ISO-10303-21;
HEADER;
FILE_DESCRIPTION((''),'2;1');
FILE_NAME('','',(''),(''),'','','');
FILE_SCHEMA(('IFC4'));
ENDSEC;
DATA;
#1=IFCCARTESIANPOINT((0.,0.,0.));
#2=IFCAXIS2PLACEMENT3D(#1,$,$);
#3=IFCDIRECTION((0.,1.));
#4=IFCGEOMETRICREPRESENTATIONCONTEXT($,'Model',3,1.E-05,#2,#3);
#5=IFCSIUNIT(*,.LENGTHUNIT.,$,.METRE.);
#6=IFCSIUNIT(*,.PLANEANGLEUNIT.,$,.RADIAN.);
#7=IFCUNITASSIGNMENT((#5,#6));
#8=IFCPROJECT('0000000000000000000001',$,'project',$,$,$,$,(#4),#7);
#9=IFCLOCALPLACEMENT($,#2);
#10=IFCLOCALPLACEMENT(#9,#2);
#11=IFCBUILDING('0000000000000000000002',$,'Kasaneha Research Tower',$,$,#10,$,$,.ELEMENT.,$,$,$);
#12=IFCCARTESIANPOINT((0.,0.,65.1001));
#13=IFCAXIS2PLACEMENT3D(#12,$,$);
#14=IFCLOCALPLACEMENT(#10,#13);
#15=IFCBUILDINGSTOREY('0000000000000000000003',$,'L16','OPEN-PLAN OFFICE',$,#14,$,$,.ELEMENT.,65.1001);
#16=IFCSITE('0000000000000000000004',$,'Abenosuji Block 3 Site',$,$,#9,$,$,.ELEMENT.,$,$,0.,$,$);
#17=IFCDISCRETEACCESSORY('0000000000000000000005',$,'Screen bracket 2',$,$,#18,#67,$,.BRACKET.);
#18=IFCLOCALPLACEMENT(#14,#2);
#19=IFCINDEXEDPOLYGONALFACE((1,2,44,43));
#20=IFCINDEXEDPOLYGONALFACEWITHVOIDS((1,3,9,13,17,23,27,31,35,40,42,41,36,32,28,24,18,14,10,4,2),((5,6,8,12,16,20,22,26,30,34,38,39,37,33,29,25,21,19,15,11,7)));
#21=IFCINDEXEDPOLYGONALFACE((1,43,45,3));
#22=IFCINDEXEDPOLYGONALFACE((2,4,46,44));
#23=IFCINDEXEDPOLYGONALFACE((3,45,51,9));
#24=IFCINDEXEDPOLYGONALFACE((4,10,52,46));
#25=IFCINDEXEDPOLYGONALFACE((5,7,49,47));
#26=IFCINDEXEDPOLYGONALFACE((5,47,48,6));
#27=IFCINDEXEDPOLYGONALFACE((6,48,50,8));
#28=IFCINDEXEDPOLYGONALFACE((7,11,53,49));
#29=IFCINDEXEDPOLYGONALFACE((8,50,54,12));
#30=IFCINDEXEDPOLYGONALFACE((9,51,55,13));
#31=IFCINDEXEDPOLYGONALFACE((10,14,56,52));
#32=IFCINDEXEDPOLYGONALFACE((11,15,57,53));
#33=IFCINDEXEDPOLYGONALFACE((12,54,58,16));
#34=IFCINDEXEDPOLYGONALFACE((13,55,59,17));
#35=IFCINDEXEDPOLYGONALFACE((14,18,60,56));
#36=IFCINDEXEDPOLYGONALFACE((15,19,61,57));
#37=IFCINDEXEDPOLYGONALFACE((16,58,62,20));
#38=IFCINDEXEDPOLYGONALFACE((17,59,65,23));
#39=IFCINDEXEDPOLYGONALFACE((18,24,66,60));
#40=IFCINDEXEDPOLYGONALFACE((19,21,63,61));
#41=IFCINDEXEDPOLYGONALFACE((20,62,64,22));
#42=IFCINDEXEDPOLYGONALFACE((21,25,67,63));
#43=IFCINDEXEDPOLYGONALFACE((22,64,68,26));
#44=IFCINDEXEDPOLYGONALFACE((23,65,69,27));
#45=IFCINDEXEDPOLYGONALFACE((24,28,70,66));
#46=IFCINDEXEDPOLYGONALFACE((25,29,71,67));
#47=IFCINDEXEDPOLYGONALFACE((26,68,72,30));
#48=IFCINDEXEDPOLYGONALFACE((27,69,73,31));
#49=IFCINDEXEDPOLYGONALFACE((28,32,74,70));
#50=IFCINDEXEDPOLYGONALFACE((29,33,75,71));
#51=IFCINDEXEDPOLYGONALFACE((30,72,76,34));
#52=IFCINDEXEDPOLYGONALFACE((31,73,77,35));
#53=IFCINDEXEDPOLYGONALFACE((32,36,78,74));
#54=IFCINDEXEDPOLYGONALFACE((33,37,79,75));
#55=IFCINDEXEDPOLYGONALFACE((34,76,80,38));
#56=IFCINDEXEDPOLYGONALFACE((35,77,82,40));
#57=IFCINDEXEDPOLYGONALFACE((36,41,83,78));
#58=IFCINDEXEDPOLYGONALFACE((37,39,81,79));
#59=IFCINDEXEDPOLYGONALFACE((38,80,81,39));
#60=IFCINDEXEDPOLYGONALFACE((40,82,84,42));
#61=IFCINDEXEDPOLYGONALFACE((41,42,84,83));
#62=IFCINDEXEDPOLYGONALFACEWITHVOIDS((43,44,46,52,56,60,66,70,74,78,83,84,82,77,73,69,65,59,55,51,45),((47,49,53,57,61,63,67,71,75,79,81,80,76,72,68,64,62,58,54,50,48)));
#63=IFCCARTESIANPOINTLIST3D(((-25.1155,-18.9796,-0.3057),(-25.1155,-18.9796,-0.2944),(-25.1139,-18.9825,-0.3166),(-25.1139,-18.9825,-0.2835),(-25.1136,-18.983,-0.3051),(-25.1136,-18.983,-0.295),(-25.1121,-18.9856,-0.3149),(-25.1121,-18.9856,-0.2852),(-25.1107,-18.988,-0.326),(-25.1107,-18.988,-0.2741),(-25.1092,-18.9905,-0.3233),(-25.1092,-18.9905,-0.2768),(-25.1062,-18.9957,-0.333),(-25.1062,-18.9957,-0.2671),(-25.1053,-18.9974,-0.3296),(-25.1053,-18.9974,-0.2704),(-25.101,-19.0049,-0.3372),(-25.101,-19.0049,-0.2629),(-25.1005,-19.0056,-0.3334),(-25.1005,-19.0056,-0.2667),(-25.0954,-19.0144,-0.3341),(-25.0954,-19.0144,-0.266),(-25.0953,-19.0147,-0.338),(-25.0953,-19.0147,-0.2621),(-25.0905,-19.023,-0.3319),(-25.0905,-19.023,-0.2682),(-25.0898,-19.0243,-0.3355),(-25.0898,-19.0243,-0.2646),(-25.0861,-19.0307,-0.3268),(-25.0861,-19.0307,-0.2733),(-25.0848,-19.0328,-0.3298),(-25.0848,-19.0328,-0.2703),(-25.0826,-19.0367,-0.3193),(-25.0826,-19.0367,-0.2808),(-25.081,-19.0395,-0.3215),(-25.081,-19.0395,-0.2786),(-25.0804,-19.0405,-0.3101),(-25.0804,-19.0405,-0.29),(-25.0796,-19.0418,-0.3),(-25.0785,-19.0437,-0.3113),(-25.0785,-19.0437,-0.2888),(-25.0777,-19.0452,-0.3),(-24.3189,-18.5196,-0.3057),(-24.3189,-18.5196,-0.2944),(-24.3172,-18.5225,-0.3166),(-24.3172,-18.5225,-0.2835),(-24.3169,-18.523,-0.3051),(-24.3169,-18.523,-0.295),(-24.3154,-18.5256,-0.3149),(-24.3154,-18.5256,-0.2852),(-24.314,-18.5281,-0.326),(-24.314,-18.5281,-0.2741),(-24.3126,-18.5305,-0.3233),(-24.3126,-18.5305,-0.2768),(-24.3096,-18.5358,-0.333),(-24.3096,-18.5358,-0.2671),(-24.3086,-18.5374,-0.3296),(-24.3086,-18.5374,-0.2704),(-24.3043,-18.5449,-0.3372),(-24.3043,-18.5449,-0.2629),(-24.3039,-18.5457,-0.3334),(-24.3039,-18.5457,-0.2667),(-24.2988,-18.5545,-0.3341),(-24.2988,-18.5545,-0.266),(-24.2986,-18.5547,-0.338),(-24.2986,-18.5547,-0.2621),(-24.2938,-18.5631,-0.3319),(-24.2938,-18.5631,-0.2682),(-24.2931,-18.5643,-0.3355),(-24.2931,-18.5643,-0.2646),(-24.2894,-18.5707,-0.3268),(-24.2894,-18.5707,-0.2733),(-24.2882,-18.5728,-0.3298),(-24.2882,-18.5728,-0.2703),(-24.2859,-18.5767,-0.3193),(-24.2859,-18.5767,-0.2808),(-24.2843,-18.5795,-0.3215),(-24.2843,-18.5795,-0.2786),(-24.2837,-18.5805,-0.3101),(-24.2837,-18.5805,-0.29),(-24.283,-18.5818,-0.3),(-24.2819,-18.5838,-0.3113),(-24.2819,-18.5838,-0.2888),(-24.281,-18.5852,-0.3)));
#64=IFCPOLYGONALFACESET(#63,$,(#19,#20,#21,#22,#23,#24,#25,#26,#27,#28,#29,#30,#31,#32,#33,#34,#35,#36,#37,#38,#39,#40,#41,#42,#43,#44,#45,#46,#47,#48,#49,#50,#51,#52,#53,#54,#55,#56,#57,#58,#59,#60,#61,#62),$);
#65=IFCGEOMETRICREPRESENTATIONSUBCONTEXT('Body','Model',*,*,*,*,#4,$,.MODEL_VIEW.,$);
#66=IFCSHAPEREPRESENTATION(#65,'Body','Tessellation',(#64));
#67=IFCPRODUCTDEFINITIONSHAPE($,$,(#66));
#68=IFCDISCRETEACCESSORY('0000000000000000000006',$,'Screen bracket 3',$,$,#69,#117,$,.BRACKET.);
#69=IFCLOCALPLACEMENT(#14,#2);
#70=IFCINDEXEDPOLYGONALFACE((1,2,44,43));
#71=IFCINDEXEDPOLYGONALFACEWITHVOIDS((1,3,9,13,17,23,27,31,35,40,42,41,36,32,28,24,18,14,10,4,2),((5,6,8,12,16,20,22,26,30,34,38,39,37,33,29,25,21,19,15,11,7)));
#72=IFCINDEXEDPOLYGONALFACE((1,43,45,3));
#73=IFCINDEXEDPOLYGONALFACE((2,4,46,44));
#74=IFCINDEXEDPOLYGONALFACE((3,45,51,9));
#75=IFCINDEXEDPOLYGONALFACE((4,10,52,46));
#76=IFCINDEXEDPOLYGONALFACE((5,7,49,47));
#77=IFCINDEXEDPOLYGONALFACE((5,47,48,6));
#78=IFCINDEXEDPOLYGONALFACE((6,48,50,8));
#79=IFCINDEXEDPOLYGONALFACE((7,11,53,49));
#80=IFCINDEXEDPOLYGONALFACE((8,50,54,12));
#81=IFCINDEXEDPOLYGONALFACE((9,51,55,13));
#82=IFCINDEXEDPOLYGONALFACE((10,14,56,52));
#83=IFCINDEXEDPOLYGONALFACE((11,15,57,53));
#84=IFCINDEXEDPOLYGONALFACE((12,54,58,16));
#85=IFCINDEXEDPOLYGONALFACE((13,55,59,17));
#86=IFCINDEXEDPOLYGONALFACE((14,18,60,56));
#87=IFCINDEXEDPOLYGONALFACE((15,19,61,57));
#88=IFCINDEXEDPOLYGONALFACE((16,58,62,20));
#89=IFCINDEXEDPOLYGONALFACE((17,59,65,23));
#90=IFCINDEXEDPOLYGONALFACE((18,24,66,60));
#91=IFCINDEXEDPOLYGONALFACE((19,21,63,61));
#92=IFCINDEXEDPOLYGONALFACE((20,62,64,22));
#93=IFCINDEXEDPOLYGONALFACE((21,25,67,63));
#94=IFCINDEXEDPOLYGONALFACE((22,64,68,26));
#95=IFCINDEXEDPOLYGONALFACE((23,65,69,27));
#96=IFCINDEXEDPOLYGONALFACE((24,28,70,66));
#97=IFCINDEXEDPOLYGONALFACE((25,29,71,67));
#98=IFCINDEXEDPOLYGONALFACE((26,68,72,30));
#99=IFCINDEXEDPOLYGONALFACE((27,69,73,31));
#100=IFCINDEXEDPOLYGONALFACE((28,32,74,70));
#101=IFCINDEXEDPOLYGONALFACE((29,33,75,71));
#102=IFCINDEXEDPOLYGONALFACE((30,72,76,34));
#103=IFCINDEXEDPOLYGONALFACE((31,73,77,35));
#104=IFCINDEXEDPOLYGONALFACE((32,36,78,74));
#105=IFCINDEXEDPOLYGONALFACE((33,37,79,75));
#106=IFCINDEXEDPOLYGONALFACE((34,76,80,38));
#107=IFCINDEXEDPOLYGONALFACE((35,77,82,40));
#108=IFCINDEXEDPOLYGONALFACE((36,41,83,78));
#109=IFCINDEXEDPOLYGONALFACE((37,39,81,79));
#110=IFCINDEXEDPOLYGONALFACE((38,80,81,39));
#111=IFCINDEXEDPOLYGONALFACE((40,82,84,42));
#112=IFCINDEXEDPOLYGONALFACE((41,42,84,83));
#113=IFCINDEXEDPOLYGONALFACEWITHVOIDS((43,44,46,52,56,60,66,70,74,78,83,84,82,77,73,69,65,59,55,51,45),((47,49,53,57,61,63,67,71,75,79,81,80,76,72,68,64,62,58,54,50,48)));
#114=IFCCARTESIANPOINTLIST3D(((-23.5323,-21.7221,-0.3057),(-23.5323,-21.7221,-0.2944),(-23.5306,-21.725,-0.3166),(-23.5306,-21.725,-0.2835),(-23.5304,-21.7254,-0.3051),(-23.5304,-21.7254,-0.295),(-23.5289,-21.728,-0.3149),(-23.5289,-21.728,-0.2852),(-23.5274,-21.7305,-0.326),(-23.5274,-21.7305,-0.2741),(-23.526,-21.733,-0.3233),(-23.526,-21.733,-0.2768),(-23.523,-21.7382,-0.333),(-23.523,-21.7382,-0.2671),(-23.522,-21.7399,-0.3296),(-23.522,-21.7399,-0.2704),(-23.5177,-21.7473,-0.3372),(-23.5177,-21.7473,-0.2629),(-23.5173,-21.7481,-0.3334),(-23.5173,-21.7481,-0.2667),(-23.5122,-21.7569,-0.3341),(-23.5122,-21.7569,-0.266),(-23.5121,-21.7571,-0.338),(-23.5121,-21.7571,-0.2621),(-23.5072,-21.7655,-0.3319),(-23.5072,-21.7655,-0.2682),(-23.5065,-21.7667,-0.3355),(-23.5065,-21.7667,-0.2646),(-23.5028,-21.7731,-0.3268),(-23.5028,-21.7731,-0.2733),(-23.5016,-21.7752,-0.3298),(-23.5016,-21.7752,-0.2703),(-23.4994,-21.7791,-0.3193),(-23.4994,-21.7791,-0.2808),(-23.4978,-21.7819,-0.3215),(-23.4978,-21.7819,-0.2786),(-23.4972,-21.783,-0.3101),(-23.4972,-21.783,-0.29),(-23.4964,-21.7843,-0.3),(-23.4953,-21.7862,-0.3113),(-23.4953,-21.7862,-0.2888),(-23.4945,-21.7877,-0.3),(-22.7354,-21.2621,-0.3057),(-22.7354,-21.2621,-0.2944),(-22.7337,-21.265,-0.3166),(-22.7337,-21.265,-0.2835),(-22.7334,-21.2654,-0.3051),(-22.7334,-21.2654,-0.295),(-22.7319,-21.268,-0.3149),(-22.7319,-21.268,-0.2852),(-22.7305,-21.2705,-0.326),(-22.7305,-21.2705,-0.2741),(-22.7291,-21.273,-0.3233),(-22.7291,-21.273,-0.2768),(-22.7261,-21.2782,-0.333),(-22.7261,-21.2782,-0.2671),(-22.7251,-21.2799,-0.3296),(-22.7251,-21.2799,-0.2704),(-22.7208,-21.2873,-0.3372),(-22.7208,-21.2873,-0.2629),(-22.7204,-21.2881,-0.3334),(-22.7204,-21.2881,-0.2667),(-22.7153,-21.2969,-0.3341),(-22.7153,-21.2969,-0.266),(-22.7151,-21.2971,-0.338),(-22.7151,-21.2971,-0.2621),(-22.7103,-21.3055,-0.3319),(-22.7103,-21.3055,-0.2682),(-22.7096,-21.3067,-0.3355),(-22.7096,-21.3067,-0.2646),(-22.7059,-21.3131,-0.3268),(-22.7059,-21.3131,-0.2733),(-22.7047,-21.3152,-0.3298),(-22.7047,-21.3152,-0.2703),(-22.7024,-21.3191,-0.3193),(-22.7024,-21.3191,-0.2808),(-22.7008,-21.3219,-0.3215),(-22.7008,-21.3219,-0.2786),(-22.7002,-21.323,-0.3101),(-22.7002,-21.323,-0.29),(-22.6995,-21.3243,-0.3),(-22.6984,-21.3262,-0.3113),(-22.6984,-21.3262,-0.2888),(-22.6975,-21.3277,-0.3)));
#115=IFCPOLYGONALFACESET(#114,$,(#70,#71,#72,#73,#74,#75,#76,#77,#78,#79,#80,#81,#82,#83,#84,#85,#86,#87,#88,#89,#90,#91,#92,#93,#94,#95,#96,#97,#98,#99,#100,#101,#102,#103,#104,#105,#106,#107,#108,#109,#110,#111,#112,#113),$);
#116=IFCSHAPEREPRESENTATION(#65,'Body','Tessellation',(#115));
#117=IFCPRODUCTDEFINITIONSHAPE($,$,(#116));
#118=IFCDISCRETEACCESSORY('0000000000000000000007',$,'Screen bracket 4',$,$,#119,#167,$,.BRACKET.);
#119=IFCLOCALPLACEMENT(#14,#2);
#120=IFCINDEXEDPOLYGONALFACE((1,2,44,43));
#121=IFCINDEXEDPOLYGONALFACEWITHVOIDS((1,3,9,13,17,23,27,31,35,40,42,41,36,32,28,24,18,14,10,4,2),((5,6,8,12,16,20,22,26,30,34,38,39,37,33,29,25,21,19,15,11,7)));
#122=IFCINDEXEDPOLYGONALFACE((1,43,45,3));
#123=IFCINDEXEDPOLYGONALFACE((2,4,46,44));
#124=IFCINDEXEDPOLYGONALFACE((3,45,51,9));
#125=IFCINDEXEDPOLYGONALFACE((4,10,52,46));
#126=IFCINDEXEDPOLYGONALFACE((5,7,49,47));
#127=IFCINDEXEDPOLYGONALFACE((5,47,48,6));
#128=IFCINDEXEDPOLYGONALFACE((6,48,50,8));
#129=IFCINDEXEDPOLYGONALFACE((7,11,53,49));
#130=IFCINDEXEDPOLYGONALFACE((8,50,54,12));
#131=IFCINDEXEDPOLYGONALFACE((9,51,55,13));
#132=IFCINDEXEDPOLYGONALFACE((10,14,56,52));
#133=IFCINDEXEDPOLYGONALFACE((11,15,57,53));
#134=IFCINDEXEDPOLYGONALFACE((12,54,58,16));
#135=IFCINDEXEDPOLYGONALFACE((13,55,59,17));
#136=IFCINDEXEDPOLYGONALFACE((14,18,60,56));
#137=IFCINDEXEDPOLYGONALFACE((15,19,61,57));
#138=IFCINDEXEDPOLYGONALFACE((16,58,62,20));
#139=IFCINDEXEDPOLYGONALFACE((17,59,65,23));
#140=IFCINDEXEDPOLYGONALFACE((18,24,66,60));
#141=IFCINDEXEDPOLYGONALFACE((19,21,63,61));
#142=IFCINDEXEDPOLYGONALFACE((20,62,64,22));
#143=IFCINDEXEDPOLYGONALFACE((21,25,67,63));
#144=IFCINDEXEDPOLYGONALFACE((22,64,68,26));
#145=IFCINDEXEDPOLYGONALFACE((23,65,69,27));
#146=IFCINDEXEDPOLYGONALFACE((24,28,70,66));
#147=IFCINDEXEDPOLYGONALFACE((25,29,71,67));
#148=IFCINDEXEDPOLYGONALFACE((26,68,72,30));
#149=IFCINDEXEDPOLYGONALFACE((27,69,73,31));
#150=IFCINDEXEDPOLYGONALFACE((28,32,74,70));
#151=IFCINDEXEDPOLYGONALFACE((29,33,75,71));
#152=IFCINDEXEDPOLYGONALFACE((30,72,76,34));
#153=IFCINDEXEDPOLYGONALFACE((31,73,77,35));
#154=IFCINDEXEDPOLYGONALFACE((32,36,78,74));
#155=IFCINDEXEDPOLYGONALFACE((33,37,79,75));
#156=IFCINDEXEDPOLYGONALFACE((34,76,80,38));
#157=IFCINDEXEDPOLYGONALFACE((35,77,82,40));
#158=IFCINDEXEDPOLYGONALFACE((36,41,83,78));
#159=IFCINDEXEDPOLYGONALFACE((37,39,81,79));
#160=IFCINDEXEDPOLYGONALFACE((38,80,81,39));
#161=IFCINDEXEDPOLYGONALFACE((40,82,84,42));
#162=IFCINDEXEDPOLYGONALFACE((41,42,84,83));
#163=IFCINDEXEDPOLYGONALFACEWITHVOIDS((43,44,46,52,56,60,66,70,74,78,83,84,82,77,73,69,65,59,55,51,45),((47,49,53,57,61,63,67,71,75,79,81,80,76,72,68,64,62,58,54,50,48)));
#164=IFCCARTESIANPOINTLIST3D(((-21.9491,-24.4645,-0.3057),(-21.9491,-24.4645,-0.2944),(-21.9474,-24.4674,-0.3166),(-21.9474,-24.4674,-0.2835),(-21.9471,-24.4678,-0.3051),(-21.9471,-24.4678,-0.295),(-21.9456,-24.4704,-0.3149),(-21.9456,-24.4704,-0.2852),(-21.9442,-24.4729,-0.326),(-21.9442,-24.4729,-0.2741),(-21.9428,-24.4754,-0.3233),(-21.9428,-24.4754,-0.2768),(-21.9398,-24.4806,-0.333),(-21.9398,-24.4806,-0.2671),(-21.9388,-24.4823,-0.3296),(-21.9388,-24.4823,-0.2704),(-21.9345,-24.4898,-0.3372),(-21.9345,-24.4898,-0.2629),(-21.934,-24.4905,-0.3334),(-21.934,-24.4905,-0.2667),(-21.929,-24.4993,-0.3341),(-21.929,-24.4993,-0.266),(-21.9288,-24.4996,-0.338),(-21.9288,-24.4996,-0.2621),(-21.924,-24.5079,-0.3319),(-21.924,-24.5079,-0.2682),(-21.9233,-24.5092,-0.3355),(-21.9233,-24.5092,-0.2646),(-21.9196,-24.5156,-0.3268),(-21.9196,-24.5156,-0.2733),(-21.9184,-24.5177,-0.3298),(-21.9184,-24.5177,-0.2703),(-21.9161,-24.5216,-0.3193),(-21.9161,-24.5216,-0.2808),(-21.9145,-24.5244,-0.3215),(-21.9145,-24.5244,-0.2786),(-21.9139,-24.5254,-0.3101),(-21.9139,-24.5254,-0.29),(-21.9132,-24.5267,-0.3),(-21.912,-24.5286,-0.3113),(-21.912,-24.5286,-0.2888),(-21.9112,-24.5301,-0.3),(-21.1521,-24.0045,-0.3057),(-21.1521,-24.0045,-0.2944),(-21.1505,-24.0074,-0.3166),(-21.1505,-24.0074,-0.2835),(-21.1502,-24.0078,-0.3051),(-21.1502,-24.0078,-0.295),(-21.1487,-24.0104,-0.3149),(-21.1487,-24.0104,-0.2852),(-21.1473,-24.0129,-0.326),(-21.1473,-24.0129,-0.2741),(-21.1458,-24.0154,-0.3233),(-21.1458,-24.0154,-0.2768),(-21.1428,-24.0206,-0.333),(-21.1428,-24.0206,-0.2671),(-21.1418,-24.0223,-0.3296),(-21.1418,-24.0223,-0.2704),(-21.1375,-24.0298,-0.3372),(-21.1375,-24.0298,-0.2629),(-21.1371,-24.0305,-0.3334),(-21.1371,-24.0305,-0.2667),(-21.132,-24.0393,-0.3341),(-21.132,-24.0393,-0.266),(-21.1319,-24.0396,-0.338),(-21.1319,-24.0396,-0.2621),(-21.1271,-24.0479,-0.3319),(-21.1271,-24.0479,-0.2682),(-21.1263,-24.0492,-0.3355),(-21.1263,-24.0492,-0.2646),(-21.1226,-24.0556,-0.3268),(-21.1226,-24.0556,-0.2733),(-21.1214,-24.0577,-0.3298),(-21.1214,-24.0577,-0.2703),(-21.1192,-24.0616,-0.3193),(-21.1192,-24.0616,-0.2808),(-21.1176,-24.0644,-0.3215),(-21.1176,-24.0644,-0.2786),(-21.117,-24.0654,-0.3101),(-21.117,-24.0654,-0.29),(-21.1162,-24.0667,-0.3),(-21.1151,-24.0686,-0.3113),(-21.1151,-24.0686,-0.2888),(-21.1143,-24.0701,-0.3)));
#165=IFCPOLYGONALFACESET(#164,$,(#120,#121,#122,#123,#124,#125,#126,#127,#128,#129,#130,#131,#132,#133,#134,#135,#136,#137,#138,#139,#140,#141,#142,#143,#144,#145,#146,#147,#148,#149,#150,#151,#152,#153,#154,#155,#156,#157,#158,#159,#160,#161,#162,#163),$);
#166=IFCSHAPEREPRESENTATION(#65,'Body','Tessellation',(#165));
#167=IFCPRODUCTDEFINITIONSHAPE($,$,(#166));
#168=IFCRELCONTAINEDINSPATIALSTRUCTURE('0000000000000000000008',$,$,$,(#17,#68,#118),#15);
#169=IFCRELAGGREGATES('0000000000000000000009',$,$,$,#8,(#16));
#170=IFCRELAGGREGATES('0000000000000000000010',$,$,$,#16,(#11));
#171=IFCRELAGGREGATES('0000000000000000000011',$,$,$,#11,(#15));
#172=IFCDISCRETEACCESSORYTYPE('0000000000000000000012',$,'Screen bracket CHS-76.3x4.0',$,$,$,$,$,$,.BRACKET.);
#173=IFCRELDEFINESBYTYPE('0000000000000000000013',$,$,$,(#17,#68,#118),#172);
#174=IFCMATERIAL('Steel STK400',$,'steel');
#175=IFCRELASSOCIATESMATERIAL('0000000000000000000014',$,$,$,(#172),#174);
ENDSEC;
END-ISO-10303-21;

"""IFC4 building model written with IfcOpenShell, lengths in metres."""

from ifc_helpers import new_model, si_unit, direction, frame, origin, origin_2d, place, context, subcontext, project, spatial, hollow_circle, extrude, material, material_profile, profile_set, type_object, element, save


model = new_model("IFC4")

# Units and contexts
model_context = context("Model", 3, precision=1e-05, world=origin(), true_north=direction((0.0, 1.0)))
body_context = subcontext(model_context, "Body", "Model", "MODEL_VIEW")
ifc_project = project(units=[si_unit("LENGTHUNIT", "METRE"), si_unit("PLANEANGLEUNIT", "RADIAN")], contexts=[model_context])

# Site, building, storey
site_placement = place(None, origin())
site = spatial("IfcSite", under=ifc_project, at=site_placement, Name="Abenosuji Block 3 Site", CompositionType="ELEMENT", RefElevation=0.0)
building_placement = place(site_placement, origin())
building = spatial("IfcBuilding", under=site, at=building_placement, Name="Kasaneha Research Tower", CompositionType="ELEMENT")
storey_placement = place(building_placement, frame((0.0, 0.0, 65.1001)))
storey = spatial("IfcBuildingStorey", under=building, at=storey_placement, Name="L16", Description="OPEN-PLAN OFFICE", CompositionType="ELEMENT", Elevation=65.1001)

# Discrete accessories
ifc_material_1 = material(Name="Steel STK400", Category="steel")
ifc_material_profile_1 = material_profile(ifc_material_1, hollow_circle(Radius=0.0381, WallThickness=0.0039, at=origin_2d()), Name="CHS-76.3x4.0")
ifc_profile_set_1 = profile_set([ifc_material_profile_1], Name="Steel STK400")
discrete_accessory_type = type_object("IfcDiscreteAccessoryType", Name="Screen bracket CHS-76.3x4.0", PredefinedType="BRACKET", material=ifc_profile_set_1)
discrete_accessory_1_placement = place(storey_placement, frame((-24.3, -18.5522, -0.3), z_axis=(-0.866013, -0.500021, 0.0), x_axis=(0.500021, -0.866013, 0.0)))
element("IfcDiscreteAccessory", 1, at=discrete_accessory_1_placement, inside=storey, type_object=discrete_accessory_type, Name="Screen bracket 2", PredefinedType="BRACKET", context=body_context, shape_type="SweptSolid", body=[
    extrude(hollow_circle(Radius=0.0381, WallThickness=0.0039, at=origin_2d()), origin(), (0.0, 0.0, 1.0), 0.9199),
])
for number, where, z_axis, x_axis, name in (
    (2, (-22.7166, -21.2947, -0.3), (-0.86608, -0.499906, 0.0), (0.499906, -0.86608, 0.0), "Screen bracket 3"),
    (3, (-21.1333, -24.0371, -0.3), (-0.86608, -0.499906, 0.0), (0.499906, -0.86608, 0.0), "Screen bracket 4"),
):
    element("IfcDiscreteAccessory", number, at=place(storey_placement, frame(where, z_axis=z_axis, x_axis=x_axis)), inside=storey, type_object=discrete_accessory_type, Name=name, PredefinedType="BRACKET", context=body_context, shape_type="SweptSolid", body=[
        extrude(hollow_circle(Radius=0.0381, WallThickness=0.0039, at=origin_2d()), origin(), (0.0, 0.0, 1.0), 0.9202),
    ])

save(model, "model.ifc")
